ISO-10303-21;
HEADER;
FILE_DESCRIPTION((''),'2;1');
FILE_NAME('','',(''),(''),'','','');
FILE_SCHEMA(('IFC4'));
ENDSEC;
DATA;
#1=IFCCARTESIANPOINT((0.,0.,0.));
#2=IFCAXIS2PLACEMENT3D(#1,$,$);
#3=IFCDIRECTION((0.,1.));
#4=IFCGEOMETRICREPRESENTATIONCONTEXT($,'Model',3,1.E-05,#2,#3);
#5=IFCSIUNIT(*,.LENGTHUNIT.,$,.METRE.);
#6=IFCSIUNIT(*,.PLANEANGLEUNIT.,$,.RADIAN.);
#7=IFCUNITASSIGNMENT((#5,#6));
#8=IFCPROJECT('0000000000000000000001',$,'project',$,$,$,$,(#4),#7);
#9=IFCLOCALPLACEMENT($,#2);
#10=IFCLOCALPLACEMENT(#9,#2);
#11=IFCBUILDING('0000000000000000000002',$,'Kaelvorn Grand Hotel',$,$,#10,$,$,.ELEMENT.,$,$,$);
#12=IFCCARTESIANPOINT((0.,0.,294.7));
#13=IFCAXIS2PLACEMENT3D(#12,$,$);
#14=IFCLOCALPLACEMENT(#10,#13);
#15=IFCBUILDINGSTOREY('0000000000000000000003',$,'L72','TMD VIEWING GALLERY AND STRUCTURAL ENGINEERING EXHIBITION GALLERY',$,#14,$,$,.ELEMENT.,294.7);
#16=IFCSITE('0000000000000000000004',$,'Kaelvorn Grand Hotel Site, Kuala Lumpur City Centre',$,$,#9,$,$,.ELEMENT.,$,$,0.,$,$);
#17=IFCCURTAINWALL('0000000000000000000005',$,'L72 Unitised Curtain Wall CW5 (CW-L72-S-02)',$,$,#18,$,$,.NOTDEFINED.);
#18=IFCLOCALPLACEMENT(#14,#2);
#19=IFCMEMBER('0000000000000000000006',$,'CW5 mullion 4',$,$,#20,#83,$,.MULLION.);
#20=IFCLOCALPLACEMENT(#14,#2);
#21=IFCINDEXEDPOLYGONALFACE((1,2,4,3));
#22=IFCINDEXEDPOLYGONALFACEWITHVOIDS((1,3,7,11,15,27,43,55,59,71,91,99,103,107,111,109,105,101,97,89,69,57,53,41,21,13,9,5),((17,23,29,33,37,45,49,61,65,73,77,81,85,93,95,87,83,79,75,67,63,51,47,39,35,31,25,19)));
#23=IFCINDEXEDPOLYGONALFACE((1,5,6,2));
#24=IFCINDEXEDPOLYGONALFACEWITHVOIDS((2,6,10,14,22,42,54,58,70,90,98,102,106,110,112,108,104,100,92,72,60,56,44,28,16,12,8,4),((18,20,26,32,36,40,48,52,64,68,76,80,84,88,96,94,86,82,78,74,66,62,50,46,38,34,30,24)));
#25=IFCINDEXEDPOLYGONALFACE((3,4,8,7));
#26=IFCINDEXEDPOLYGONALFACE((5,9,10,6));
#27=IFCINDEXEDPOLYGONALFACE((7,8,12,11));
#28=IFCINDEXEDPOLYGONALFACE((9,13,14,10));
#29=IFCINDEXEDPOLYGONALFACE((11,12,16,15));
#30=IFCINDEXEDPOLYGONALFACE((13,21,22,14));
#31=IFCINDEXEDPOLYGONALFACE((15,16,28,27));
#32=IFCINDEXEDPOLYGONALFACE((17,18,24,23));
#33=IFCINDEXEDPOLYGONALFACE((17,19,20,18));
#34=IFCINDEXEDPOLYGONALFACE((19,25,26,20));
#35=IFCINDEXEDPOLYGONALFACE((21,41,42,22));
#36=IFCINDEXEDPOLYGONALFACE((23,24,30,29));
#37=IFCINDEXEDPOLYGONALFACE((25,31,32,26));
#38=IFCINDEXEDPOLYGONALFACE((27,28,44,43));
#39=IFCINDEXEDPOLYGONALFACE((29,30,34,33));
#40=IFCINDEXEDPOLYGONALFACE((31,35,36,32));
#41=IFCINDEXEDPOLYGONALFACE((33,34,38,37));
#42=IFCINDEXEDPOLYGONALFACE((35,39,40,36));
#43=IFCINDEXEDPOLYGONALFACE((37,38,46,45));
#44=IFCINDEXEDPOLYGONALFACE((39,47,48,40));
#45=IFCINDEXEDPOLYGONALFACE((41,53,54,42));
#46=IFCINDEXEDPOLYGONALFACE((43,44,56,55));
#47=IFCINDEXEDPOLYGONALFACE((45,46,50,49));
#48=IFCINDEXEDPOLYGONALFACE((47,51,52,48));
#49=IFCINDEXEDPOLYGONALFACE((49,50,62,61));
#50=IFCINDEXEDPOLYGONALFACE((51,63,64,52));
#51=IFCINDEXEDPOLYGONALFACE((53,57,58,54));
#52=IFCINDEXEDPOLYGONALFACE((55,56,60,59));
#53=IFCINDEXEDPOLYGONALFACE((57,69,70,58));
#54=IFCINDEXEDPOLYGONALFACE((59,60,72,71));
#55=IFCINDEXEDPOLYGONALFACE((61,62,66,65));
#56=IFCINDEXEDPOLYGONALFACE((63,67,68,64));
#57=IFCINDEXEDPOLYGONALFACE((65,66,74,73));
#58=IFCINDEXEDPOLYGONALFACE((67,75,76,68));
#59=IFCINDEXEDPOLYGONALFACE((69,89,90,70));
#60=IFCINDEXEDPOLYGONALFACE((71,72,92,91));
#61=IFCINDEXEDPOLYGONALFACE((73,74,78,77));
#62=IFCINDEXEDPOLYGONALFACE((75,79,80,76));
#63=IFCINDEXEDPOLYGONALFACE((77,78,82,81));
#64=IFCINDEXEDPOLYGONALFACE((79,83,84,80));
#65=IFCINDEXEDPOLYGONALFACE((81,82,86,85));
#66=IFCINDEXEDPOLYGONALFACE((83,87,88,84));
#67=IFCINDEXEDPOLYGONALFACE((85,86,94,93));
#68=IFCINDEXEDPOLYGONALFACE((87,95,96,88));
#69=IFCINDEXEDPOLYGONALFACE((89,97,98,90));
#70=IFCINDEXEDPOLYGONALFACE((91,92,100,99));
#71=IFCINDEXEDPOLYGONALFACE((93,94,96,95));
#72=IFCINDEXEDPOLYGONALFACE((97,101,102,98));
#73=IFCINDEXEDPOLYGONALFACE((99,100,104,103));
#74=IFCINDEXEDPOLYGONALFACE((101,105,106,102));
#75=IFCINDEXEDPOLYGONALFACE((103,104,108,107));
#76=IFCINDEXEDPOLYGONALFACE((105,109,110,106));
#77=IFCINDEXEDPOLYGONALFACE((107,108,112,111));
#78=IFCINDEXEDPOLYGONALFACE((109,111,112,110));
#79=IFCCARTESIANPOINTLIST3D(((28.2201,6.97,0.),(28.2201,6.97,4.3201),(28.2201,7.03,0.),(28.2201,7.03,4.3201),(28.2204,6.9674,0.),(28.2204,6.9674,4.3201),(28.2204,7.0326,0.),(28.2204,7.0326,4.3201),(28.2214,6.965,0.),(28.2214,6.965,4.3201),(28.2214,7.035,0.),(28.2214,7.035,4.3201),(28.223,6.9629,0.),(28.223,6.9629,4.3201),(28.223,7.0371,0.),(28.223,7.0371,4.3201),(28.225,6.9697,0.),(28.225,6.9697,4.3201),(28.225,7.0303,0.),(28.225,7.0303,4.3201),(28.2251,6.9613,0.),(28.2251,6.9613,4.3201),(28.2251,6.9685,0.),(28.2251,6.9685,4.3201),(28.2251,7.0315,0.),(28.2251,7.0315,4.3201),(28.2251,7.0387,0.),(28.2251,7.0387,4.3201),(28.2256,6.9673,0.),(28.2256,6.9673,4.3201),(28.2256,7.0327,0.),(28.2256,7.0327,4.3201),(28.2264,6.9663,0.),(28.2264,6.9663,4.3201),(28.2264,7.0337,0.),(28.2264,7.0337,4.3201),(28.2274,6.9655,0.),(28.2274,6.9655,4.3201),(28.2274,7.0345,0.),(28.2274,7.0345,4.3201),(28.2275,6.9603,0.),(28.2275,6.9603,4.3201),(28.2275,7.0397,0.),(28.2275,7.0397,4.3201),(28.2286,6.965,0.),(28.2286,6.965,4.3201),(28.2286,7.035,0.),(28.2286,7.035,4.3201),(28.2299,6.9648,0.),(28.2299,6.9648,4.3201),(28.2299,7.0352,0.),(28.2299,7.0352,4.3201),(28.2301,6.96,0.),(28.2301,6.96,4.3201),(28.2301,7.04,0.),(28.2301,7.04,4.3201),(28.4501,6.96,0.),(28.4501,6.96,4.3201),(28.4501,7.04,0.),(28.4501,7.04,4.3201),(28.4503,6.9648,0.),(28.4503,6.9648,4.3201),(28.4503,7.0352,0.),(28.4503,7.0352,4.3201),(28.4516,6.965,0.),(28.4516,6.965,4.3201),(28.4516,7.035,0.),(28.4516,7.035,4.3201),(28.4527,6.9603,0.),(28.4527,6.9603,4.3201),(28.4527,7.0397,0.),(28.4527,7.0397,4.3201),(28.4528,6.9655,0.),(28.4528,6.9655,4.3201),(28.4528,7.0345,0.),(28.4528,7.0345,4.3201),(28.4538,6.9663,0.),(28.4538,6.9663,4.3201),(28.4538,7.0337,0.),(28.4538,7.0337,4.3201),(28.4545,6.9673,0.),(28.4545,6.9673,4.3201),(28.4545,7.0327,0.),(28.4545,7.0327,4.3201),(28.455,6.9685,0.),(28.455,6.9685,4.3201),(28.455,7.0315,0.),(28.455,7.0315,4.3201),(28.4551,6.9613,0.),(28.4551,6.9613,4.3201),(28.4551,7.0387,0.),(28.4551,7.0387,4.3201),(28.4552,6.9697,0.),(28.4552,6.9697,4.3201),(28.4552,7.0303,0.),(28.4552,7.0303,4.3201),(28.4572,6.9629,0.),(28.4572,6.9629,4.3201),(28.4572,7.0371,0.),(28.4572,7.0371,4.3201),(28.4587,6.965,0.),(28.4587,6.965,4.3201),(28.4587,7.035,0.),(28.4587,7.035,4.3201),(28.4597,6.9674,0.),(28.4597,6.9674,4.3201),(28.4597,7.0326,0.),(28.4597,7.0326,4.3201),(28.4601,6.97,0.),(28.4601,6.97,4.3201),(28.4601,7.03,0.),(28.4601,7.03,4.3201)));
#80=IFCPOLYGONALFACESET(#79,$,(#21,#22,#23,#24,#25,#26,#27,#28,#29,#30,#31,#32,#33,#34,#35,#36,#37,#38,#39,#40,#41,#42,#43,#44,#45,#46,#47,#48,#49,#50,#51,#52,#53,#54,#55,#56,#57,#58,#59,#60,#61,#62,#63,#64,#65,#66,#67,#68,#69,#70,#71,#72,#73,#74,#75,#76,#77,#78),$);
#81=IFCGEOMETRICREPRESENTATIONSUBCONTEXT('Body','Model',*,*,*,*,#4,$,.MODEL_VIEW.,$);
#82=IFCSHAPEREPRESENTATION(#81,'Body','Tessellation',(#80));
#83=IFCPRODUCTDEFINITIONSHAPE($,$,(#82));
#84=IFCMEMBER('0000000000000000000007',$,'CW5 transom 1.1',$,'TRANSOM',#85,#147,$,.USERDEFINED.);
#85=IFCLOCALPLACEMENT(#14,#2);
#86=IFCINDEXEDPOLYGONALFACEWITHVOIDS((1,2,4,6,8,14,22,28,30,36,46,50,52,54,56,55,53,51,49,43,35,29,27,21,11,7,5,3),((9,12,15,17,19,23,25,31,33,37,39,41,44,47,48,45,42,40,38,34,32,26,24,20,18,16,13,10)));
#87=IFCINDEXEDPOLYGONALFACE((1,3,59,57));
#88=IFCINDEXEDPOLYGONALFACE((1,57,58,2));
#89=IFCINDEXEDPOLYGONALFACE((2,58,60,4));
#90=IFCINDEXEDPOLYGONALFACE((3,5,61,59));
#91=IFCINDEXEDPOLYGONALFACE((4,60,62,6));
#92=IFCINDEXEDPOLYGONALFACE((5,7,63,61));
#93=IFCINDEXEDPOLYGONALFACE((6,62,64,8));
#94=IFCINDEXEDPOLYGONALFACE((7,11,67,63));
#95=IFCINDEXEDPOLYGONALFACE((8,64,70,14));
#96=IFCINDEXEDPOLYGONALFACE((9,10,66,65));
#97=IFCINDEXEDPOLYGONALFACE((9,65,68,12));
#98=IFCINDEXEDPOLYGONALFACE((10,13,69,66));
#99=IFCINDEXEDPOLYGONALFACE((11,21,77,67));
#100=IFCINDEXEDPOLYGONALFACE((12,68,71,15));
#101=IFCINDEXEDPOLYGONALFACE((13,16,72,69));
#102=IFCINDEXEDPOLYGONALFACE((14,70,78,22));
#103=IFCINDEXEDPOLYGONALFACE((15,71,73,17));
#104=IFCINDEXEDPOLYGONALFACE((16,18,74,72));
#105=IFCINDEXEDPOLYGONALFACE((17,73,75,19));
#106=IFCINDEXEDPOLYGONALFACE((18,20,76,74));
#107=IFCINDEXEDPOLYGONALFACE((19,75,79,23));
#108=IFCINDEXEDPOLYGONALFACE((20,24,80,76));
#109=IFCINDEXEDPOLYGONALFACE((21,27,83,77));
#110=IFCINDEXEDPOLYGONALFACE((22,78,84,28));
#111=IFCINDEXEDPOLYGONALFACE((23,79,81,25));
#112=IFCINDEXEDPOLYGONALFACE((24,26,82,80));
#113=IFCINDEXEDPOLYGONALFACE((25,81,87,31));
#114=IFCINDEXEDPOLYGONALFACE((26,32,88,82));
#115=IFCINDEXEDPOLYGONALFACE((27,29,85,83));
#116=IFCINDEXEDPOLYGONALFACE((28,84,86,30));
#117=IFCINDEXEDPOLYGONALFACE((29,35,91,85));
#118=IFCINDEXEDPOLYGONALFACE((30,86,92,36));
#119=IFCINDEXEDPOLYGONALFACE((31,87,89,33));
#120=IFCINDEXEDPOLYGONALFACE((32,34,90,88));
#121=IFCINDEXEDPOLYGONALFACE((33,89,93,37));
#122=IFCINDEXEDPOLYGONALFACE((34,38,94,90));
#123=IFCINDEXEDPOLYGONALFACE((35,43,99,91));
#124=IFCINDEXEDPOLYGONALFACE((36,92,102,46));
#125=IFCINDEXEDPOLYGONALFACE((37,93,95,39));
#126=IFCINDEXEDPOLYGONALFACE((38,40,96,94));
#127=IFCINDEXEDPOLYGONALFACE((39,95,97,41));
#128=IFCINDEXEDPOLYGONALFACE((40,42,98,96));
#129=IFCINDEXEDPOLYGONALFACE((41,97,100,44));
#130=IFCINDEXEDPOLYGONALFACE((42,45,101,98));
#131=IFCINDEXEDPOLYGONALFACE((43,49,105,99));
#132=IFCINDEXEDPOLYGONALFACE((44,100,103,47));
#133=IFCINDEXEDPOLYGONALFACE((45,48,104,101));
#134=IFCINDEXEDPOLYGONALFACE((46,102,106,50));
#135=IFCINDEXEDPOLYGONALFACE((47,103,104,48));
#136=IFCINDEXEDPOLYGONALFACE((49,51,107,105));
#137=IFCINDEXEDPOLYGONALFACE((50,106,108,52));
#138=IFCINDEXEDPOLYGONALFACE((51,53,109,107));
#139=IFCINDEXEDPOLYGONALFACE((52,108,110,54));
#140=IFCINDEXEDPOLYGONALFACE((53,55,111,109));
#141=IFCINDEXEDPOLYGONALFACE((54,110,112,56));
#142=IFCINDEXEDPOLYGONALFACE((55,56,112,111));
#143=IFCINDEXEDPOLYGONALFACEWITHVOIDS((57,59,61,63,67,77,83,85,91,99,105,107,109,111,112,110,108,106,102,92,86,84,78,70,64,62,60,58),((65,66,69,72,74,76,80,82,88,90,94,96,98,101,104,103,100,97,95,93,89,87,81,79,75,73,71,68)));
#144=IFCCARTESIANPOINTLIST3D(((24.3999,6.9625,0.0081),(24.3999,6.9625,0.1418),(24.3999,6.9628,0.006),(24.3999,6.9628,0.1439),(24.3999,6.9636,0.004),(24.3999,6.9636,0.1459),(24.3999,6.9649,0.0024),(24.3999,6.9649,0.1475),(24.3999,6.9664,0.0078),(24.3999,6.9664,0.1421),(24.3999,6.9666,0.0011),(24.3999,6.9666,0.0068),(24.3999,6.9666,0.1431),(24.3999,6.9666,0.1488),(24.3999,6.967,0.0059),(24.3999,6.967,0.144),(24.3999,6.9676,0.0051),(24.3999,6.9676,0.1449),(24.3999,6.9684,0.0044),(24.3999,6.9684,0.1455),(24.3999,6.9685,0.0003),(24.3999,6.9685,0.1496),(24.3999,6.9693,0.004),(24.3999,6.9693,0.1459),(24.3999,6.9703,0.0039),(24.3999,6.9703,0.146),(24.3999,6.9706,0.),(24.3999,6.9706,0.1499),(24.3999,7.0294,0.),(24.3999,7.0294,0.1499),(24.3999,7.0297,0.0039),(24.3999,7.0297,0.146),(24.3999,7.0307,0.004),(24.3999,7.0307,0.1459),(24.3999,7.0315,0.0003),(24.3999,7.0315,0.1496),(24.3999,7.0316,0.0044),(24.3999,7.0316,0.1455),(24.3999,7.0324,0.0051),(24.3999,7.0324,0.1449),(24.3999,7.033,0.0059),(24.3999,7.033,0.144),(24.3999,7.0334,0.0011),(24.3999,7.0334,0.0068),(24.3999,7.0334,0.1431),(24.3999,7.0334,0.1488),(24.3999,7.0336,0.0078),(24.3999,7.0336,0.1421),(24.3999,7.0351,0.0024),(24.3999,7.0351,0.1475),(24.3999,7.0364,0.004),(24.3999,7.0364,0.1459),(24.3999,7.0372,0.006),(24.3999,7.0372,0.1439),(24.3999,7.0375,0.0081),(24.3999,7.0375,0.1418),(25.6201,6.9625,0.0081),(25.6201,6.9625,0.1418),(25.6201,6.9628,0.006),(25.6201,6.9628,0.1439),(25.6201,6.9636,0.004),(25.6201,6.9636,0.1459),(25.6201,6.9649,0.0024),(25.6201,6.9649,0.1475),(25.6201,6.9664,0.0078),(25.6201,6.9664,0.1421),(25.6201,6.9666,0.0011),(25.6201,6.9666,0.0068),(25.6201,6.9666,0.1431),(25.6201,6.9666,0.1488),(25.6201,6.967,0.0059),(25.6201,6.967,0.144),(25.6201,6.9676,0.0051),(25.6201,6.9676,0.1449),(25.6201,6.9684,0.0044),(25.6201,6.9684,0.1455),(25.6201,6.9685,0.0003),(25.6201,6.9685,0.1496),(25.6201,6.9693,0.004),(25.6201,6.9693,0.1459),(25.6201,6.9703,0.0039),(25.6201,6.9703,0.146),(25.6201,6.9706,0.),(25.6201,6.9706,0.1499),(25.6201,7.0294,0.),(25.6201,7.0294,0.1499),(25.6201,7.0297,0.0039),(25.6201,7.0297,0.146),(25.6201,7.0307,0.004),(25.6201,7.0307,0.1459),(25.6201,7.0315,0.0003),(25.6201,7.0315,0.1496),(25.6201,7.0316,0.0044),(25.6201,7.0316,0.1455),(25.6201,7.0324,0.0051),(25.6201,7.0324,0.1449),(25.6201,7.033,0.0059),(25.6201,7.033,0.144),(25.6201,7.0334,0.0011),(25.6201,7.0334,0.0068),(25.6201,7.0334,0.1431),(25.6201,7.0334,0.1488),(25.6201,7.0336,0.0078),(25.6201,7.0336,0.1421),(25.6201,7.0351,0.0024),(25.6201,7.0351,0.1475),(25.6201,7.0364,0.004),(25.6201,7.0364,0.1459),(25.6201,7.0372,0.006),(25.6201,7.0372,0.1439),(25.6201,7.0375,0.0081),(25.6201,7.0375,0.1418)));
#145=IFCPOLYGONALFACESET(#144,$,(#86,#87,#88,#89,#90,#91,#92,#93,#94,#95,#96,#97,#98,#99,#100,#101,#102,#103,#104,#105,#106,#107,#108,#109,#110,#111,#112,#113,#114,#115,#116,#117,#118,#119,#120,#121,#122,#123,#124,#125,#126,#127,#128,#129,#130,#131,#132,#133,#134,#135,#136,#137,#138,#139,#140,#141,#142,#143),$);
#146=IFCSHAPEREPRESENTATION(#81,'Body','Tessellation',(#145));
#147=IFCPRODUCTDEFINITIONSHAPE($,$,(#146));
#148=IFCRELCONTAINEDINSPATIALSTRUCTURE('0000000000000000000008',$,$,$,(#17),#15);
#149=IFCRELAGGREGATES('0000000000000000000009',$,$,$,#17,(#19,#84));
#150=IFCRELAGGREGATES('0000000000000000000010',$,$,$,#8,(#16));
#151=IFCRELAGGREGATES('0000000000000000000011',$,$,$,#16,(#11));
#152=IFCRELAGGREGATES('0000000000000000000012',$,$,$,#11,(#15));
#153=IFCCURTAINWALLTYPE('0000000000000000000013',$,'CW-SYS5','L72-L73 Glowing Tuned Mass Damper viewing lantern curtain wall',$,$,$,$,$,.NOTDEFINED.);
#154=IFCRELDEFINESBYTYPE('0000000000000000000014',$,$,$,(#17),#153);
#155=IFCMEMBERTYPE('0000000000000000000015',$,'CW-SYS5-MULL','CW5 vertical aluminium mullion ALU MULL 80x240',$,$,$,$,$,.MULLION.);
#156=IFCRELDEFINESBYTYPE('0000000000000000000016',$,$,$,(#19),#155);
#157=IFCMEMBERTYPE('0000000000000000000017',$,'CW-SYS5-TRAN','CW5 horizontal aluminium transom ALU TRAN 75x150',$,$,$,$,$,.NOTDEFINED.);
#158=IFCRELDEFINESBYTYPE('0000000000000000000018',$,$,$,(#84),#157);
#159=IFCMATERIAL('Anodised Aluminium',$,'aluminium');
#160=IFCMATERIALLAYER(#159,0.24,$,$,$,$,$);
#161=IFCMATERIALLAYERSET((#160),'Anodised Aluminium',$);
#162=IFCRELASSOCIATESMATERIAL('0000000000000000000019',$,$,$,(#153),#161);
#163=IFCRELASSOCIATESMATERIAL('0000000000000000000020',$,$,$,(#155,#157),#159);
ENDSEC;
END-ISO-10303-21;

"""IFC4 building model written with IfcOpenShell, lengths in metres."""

from ifc_helpers import new_model, si_unit, direction, frame, origin, origin_2d, place, context, subcontext, project, spatial, hollow_rectangle, extrude, material, layer, layer_set, material_profile, profile_set, type_object, element, aggregate, save


model = new_model("IFC4")

# Units and contexts
model_context = context("Model", 3, precision=1e-05, world=origin(), true_north=direction((0.0, 1.0)))
body_context = subcontext(model_context, "Body", "Model", "MODEL_VIEW")
ifc_project = project(units=[si_unit("LENGTHUNIT", "METRE"), si_unit("PLANEANGLEUNIT", "RADIAN")], contexts=[model_context])

# Site, building, storey
site_placement = place(None, origin())
site = spatial("IfcSite", under=ifc_project, at=site_placement, Name="Kaelvorn Grand Hotel Site, Kuala Lumpur City Centre", CompositionType="ELEMENT", RefElevation=0.0)
building_placement = place(site_placement, origin())
building = spatial("IfcBuilding", under=site, at=building_placement, Name="Kaelvorn Grand Hotel", CompositionType="ELEMENT")
storey_placement = place(building_placement, frame((0.0, 0.0, 294.7)))
storey = spatial("IfcBuildingStorey", under=building, at=storey_placement, Name="L72", Description="TMD VIEWING GALLERY AND STRUCTURAL ENGINEERING EXHIBITION GALLERY", CompositionType="ELEMENT", Elevation=294.7)

# Curtain wall, members
ifc_material_1 = material(Name="Anodised Aluminium", Category="aluminium")
ifc_layer_1 = layer(ifc_material_1, 0.24)
ifc_layer_set_1 = layer_set([ifc_layer_1], Name="Anodised Aluminium")
curtain_wall_type = type_object("IfcCurtainWallType", Name="CW-SYS5", Description="L72-L73 Glowing Tuned Mass Damper viewing lantern curtain wall", PredefinedType="NOTDEFINED", material=ifc_layer_set_1)
curtain_wall_placement = place(storey_placement, origin())
curtain_wall = element("IfcCurtainWall", 1, at=curtain_wall_placement, inside=storey, type_object=curtain_wall_type, Name="L72 Unitised Curtain Wall CW5 (CW-L72-S-02)", PredefinedType="NOTDEFINED")
ifc_material_profile_1 = material_profile(ifc_material_1, hollow_rectangle(XDim=0.0801, YDim=0.24, WallThickness=0.0049, InnerFilletRadius=0.0049, OuterFilletRadius=0.01, at=origin_2d()), Name="ALU MULL 80x240")
ifc_profile_set_1 = profile_set([ifc_material_profile_1], Name="Anodised Aluminium")
member_type_1 = type_object("IfcMemberType", Name="CW-SYS5-MULL", Description="CW5 vertical aluminium mullion ALU MULL 80x240", PredefinedType="MULLION", material=ifc_profile_set_1)
member_1_placement = place(storey_placement, frame((28.3401, 7.0, 0.0), z_axis=(0.0, 0.0, 1.0), x_axis=(0.0, 1.0, 0.0)))
member_1 = element("IfcMember", 2, at=member_1_placement, type_object=member_type_1, Name="CW5 mullion 4", PredefinedType="MULLION", context=body_context, shape_type="SweptSolid", body=[
    extrude(hollow_rectangle(XDim=0.0801, YDim=0.24, WallThickness=0.0049, InnerFilletRadius=0.0049, OuterFilletRadius=0.01, at=origin_2d()), origin(), (0.0, 0.0, 1.0), 4.3201),
])
ifc_material_profile_2 = material_profile(ifc_material_1, hollow_rectangle(XDim=0.075, YDim=0.1499, WallThickness=0.0039, InnerFilletRadius=0.0039, OuterFilletRadius=0.0081, at=origin_2d()), Name="ALU TRAN 75x150")
ifc_profile_set_2 = profile_set([ifc_material_profile_2], Name="Anodised Aluminium")
member_type_2 = type_object("IfcMemberType", Name="CW-SYS5-TRAN", Description="CW5 horizontal aluminium transom ALU TRAN 75x150", PredefinedType="NOTDEFINED", material=ifc_profile_set_2)
member_2_placement = place(storey_placement, frame((24.3999, 7.0, 0.075), z_axis=(1.0, 0.0, 0.0), x_axis=(0.0, 1.0, 0.0)))
member_2 = element("IfcMember", 3, at=member_2_placement, type_object=member_type_2, Name="CW5 transom 1.1", ObjectType="TRANSOM", PredefinedType="USERDEFINED", context=body_context, shape_type="SweptSolid", body=[
    extrude(hollow_rectangle(XDim=0.075, YDim=0.1499, WallThickness=0.0039, InnerFilletRadius=0.0039, OuterFilletRadius=0.0081, at=origin_2d()), origin(), (0.0, 0.0, 1.0), 1.2202),
])
aggregate(curtain_wall, [member_1, member_2])

save(model, "model.ifc")
